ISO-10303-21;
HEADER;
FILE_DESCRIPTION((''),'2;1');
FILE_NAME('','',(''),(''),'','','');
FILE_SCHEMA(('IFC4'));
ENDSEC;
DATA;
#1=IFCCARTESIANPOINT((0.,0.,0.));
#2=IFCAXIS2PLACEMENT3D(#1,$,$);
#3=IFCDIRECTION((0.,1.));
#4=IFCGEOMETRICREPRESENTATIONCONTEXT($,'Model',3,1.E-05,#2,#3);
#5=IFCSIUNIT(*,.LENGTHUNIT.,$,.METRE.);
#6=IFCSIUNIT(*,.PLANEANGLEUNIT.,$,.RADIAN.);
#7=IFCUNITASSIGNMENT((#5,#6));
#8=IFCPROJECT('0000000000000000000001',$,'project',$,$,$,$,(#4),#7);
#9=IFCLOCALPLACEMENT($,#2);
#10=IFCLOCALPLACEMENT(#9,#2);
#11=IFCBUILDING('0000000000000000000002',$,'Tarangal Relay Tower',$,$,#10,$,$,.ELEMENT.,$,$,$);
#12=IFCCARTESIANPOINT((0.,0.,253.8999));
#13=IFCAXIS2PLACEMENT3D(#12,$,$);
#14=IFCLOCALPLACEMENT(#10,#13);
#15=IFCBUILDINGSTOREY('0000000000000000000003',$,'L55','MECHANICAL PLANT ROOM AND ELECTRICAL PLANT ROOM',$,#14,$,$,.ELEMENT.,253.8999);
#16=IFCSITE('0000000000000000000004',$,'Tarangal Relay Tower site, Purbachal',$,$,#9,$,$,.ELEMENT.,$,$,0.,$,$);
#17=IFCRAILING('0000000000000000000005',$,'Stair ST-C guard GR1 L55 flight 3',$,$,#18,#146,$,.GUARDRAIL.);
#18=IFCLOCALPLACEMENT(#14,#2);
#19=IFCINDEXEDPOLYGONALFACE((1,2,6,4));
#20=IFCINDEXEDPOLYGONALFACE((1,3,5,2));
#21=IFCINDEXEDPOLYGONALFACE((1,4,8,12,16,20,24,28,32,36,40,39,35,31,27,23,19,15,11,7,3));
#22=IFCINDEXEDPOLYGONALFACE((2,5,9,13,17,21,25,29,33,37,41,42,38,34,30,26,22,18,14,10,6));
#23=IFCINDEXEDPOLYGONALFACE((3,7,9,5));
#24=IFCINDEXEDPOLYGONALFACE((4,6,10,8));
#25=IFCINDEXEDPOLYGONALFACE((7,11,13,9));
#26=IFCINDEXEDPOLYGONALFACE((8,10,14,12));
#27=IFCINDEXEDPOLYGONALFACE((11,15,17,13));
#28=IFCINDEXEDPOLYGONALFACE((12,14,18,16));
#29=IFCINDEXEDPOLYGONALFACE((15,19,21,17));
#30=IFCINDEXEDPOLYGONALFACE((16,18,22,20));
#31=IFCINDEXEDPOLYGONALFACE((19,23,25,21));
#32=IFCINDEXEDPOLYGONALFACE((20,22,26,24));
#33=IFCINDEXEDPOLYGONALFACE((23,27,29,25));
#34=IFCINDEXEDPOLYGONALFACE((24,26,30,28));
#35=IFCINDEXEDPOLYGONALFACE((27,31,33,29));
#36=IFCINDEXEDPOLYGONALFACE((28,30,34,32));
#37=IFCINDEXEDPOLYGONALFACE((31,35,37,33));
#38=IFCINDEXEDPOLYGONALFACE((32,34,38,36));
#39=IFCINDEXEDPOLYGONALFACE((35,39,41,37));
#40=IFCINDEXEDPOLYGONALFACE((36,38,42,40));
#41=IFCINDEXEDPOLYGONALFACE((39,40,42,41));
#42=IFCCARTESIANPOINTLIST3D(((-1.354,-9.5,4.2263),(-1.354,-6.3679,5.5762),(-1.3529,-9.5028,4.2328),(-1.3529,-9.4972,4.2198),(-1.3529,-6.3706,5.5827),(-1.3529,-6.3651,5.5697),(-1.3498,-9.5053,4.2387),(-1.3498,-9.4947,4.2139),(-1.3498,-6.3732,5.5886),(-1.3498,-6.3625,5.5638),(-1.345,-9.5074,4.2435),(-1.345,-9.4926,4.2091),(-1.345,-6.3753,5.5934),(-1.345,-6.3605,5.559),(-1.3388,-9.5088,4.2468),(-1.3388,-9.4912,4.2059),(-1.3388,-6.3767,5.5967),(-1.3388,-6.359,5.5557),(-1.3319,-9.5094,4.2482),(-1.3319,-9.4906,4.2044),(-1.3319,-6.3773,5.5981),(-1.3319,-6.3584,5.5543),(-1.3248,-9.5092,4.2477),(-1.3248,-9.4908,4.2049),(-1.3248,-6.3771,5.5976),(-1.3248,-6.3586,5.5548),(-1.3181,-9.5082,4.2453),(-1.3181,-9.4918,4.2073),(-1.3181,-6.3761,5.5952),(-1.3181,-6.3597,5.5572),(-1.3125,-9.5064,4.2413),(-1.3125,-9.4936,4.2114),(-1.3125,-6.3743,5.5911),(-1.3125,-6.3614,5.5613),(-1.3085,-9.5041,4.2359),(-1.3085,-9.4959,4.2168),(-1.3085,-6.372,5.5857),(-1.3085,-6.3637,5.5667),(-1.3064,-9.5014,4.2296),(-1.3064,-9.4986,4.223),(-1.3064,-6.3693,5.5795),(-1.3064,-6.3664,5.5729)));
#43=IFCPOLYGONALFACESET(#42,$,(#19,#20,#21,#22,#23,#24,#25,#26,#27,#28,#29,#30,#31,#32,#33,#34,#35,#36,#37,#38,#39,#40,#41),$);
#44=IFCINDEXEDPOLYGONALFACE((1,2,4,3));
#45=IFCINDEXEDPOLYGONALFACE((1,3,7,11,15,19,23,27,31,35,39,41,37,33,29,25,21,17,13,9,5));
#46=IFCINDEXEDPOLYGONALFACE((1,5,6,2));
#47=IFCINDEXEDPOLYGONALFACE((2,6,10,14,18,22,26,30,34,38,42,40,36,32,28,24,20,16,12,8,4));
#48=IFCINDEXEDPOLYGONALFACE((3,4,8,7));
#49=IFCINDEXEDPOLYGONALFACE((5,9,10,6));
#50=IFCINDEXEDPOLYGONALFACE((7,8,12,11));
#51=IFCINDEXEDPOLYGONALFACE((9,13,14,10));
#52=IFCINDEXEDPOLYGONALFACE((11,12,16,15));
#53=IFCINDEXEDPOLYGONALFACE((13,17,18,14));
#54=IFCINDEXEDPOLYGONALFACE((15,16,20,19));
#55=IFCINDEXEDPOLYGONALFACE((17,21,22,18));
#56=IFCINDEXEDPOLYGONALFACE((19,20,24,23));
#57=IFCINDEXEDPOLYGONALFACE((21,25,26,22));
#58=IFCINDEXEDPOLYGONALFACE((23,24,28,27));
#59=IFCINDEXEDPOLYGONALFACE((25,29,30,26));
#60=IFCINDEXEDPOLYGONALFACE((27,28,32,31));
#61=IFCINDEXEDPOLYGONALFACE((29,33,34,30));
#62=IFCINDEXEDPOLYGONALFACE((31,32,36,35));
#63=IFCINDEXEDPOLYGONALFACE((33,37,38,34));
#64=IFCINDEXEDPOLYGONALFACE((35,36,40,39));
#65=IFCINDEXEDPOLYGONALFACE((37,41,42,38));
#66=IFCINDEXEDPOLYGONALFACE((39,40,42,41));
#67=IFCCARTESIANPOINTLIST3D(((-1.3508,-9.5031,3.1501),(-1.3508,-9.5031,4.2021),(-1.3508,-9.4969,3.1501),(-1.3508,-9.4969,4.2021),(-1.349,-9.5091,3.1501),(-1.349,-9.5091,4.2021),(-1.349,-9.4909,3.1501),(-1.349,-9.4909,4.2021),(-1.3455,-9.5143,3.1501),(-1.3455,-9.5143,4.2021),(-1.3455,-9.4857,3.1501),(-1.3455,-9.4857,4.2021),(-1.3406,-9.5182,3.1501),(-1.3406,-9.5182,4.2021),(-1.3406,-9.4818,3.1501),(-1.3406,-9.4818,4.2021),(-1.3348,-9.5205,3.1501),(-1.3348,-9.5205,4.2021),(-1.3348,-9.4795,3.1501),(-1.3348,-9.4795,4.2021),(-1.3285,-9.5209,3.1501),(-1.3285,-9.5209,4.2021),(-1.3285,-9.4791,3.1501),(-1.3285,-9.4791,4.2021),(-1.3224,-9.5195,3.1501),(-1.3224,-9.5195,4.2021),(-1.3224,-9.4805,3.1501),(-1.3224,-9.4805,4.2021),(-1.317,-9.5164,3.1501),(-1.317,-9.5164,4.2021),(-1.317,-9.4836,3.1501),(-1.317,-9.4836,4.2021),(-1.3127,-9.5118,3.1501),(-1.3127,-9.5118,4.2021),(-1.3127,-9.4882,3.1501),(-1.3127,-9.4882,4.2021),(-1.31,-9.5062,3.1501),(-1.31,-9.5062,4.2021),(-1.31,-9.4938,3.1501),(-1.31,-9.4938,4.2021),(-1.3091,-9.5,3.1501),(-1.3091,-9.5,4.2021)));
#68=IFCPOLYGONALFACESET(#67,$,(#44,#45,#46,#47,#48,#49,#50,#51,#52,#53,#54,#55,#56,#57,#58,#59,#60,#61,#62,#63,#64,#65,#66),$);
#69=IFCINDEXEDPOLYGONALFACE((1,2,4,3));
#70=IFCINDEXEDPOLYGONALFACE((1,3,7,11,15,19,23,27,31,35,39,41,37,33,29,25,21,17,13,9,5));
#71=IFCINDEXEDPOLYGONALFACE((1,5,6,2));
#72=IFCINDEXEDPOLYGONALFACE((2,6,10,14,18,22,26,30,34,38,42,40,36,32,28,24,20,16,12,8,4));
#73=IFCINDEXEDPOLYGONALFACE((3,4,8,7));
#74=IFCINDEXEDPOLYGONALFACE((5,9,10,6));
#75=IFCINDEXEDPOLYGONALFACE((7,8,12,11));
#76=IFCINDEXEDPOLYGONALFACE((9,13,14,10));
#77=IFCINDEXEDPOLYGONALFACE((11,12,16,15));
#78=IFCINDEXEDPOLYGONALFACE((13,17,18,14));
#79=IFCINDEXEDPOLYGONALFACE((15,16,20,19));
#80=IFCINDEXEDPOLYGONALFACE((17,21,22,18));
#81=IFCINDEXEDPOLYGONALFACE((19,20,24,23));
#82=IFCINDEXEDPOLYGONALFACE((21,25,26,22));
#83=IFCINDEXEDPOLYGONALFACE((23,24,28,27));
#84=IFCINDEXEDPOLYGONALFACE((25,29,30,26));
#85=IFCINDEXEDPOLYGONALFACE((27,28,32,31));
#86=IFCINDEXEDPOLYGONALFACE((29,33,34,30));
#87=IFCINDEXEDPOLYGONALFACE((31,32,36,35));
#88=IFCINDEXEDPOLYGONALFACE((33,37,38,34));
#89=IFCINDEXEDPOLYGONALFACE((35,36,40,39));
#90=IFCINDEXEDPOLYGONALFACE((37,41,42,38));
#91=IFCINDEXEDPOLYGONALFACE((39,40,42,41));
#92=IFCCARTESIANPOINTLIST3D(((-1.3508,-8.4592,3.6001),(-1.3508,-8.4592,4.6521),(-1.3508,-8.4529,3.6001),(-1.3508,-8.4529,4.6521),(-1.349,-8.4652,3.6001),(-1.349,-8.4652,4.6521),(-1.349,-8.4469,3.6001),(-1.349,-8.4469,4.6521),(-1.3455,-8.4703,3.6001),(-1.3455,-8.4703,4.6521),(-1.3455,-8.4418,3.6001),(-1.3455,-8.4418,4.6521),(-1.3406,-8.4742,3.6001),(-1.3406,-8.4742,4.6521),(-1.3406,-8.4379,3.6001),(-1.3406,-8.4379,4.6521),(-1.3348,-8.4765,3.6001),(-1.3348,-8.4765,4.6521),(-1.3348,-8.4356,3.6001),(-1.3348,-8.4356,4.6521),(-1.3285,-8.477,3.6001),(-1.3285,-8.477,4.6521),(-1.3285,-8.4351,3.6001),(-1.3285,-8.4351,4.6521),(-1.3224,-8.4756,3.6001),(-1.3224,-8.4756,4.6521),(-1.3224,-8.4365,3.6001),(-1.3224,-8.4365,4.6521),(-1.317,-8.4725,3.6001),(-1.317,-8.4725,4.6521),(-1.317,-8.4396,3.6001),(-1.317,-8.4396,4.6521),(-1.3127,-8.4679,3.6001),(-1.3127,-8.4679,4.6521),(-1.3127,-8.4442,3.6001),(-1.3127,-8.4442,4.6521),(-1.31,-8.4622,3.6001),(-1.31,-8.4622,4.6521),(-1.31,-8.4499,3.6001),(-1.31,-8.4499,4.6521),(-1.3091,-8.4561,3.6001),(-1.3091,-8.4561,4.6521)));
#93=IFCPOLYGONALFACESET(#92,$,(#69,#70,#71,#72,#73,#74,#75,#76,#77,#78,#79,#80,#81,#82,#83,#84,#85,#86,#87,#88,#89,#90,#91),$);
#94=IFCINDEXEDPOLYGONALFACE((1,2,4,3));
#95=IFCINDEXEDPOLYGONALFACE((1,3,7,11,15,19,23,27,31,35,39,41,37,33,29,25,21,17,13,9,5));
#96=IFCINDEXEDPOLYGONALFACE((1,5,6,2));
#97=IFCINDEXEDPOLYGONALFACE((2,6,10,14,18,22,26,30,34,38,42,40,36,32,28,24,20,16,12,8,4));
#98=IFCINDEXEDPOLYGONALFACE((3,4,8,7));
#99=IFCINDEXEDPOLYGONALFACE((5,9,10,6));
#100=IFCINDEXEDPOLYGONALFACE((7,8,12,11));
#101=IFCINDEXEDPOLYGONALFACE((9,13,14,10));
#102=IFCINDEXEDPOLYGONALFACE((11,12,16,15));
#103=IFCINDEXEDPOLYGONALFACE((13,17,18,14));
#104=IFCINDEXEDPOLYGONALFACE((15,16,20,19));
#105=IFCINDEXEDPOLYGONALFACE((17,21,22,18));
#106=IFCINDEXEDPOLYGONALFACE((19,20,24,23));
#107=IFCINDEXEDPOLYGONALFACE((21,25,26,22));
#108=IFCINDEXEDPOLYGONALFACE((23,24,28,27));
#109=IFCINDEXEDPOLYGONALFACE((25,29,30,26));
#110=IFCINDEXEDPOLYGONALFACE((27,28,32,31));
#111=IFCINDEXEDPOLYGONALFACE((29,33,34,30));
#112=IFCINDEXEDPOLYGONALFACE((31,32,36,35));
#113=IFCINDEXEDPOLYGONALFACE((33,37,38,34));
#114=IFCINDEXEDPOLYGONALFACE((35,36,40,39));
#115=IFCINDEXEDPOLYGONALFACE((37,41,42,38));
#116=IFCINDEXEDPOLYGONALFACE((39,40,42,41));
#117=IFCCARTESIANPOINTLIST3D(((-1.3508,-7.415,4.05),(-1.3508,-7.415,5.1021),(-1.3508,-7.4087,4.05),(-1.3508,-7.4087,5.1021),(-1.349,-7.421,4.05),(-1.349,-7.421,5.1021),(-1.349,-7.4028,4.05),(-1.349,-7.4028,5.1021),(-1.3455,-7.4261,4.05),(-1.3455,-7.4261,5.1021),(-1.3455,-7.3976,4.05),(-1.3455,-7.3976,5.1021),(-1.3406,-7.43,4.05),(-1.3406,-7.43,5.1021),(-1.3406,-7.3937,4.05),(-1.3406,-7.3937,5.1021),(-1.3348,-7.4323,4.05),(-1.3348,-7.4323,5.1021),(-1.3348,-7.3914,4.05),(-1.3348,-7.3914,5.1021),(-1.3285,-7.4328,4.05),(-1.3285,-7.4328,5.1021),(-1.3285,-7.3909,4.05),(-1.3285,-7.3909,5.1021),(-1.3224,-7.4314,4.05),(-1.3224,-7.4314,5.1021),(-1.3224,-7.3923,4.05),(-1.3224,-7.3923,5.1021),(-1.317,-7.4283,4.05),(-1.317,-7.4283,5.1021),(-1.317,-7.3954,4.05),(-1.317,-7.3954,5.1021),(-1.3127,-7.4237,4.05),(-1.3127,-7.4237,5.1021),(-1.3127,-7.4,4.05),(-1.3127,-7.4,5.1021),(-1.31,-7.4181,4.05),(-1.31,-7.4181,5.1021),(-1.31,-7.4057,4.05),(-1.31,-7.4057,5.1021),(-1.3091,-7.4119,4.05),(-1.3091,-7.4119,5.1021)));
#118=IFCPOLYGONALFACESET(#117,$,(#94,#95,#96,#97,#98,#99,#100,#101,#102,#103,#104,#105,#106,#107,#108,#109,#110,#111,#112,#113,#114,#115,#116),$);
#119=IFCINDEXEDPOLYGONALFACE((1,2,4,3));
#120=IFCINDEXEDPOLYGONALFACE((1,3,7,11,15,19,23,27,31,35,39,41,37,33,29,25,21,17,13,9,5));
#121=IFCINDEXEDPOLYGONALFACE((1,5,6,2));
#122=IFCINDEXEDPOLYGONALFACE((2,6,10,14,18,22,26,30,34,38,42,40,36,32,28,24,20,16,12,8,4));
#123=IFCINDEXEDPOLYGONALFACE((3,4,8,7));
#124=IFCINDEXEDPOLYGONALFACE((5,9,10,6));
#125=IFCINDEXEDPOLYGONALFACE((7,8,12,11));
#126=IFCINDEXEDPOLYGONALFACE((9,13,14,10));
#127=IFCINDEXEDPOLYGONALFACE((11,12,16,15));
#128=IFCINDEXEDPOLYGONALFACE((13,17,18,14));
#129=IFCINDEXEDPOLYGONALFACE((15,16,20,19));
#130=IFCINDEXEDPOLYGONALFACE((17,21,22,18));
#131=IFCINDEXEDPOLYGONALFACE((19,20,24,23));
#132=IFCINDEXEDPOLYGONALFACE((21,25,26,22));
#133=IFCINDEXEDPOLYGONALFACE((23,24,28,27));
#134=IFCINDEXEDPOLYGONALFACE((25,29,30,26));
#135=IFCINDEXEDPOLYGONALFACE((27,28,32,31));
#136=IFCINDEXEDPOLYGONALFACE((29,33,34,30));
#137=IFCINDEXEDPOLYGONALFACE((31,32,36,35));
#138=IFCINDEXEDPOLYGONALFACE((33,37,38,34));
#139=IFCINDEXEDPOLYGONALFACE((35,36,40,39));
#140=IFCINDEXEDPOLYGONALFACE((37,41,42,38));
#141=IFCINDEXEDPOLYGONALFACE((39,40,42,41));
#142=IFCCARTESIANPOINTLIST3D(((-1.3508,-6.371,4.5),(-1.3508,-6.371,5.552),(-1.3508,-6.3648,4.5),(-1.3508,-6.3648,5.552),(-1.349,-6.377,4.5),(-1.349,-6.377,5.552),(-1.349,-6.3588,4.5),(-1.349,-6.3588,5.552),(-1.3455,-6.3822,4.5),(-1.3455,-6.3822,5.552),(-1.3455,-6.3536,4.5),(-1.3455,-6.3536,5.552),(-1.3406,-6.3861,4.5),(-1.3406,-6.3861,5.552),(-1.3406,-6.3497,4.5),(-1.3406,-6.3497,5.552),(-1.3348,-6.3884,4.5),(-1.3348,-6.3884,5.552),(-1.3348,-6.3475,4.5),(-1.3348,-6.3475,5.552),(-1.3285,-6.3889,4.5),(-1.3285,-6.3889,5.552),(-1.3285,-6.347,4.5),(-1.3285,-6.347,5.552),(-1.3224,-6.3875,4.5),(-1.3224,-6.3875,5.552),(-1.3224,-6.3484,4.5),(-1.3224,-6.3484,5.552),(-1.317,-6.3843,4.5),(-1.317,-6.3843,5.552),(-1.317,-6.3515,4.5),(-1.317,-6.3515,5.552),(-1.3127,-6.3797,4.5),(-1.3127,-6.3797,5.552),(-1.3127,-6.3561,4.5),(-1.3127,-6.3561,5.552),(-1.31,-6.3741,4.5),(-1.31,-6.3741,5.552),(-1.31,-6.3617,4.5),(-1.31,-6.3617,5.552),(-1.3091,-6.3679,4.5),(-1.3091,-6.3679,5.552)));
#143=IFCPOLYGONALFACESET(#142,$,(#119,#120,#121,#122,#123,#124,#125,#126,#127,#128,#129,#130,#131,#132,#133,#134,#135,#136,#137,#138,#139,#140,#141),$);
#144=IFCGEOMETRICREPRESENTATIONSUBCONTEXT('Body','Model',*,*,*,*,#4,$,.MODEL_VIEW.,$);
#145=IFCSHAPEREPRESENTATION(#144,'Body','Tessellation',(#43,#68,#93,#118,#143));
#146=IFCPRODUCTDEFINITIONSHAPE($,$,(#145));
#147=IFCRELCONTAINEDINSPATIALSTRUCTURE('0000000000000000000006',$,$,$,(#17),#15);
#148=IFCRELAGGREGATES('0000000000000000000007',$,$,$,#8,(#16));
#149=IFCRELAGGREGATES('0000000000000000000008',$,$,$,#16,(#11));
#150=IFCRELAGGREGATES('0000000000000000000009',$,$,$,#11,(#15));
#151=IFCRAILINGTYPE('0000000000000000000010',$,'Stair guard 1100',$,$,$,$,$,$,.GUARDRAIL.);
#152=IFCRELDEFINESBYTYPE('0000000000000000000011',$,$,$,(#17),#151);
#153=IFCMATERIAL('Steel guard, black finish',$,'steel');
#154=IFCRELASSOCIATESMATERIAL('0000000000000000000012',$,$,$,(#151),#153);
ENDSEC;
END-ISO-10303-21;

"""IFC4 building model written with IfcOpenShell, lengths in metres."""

from ifc_helpers import new_model, si_unit, direction, frame, origin, origin_2d, place, context, subcontext, project, spatial, circle, extrude, material, type_object, element, save


model = new_model("IFC4")

# Units and contexts
model_context = context("Model", 3, precision=1e-05, world=origin(), true_north=direction((0.0, 1.0)))
body_context = subcontext(model_context, "Body", "Model", "MODEL_VIEW")
ifc_project = project(units=[si_unit("LENGTHUNIT", "METRE"), si_unit("PLANEANGLEUNIT", "RADIAN")], contexts=[model_context])

# Site, building, storey
site_placement = place(None, origin())
site = spatial("IfcSite", under=ifc_project, at=site_placement, Name="Tarangal Relay Tower site, Purbachal", CompositionType="ELEMENT", RefElevation=0.0)
building_placement = place(site_placement, origin())
building = spatial("IfcBuilding", under=site, at=building_placement, Name="Tarangal Relay Tower", CompositionType="ELEMENT")
storey_placement = place(building_placement, frame((0.0, 0.0, 253.8999)))
storey = spatial("IfcBuildingStorey", under=building, at=storey_placement, Name="L55", Description="MECHANICAL PLANT ROOM AND ELECTRICAL PLANT ROOM", CompositionType="ELEMENT", Elevation=253.8999)

# Railing
ifc_material_1 = material(Name="Steel guard, black finish", Category="steel")
railing_type_1 = type_object("IfcRailingType", Name="Stair guard 1100", PredefinedType="GUARDRAIL", material=ifc_material_1)
for number, where, name in (
    (1, (-1.3301, -9.5, 3.1501), "Stair ST-C guard GR1 L55 flight 3"),
):
    element("IfcRailing", number, at=place(storey_placement, frame(where)), inside=storey, type_object=railing_type_1, Name=name, PredefinedType="GUARDRAIL", context=body_context, shape_type="SweptSolid", body=[
        extrude(circle(Radius=0.0239, at=origin_2d()), frame((0.0, 0.0, 1.0762), z_axis=(0.0, 0.918343, 0.395785), x_axis=(-1.0, 0.0, 0.0)), (0.0, 0.0, 1.0), 3.4106),
        extrude(circle(Radius=0.021, at=origin_2d()), origin(), (0.0, 0.0, 1.0), 1.052),
        extrude(circle(Radius=0.021, at=origin_2d()), frame((0.0, 1.0439, 0.45)), (0.0, 0.0, 1.0), 1.052),
        extrude(circle(Radius=0.021, at=origin_2d()), frame((0.0, 2.0881, 0.8999)), (0.0, 0.0, 1.0), 1.052),
        extrude(circle(Radius=0.021, at=origin_2d()), frame((0.0, 3.1321, 1.3499)), (0.0, 0.0, 1.0), 1.052),
    ])

save(model, "model.ifc")
